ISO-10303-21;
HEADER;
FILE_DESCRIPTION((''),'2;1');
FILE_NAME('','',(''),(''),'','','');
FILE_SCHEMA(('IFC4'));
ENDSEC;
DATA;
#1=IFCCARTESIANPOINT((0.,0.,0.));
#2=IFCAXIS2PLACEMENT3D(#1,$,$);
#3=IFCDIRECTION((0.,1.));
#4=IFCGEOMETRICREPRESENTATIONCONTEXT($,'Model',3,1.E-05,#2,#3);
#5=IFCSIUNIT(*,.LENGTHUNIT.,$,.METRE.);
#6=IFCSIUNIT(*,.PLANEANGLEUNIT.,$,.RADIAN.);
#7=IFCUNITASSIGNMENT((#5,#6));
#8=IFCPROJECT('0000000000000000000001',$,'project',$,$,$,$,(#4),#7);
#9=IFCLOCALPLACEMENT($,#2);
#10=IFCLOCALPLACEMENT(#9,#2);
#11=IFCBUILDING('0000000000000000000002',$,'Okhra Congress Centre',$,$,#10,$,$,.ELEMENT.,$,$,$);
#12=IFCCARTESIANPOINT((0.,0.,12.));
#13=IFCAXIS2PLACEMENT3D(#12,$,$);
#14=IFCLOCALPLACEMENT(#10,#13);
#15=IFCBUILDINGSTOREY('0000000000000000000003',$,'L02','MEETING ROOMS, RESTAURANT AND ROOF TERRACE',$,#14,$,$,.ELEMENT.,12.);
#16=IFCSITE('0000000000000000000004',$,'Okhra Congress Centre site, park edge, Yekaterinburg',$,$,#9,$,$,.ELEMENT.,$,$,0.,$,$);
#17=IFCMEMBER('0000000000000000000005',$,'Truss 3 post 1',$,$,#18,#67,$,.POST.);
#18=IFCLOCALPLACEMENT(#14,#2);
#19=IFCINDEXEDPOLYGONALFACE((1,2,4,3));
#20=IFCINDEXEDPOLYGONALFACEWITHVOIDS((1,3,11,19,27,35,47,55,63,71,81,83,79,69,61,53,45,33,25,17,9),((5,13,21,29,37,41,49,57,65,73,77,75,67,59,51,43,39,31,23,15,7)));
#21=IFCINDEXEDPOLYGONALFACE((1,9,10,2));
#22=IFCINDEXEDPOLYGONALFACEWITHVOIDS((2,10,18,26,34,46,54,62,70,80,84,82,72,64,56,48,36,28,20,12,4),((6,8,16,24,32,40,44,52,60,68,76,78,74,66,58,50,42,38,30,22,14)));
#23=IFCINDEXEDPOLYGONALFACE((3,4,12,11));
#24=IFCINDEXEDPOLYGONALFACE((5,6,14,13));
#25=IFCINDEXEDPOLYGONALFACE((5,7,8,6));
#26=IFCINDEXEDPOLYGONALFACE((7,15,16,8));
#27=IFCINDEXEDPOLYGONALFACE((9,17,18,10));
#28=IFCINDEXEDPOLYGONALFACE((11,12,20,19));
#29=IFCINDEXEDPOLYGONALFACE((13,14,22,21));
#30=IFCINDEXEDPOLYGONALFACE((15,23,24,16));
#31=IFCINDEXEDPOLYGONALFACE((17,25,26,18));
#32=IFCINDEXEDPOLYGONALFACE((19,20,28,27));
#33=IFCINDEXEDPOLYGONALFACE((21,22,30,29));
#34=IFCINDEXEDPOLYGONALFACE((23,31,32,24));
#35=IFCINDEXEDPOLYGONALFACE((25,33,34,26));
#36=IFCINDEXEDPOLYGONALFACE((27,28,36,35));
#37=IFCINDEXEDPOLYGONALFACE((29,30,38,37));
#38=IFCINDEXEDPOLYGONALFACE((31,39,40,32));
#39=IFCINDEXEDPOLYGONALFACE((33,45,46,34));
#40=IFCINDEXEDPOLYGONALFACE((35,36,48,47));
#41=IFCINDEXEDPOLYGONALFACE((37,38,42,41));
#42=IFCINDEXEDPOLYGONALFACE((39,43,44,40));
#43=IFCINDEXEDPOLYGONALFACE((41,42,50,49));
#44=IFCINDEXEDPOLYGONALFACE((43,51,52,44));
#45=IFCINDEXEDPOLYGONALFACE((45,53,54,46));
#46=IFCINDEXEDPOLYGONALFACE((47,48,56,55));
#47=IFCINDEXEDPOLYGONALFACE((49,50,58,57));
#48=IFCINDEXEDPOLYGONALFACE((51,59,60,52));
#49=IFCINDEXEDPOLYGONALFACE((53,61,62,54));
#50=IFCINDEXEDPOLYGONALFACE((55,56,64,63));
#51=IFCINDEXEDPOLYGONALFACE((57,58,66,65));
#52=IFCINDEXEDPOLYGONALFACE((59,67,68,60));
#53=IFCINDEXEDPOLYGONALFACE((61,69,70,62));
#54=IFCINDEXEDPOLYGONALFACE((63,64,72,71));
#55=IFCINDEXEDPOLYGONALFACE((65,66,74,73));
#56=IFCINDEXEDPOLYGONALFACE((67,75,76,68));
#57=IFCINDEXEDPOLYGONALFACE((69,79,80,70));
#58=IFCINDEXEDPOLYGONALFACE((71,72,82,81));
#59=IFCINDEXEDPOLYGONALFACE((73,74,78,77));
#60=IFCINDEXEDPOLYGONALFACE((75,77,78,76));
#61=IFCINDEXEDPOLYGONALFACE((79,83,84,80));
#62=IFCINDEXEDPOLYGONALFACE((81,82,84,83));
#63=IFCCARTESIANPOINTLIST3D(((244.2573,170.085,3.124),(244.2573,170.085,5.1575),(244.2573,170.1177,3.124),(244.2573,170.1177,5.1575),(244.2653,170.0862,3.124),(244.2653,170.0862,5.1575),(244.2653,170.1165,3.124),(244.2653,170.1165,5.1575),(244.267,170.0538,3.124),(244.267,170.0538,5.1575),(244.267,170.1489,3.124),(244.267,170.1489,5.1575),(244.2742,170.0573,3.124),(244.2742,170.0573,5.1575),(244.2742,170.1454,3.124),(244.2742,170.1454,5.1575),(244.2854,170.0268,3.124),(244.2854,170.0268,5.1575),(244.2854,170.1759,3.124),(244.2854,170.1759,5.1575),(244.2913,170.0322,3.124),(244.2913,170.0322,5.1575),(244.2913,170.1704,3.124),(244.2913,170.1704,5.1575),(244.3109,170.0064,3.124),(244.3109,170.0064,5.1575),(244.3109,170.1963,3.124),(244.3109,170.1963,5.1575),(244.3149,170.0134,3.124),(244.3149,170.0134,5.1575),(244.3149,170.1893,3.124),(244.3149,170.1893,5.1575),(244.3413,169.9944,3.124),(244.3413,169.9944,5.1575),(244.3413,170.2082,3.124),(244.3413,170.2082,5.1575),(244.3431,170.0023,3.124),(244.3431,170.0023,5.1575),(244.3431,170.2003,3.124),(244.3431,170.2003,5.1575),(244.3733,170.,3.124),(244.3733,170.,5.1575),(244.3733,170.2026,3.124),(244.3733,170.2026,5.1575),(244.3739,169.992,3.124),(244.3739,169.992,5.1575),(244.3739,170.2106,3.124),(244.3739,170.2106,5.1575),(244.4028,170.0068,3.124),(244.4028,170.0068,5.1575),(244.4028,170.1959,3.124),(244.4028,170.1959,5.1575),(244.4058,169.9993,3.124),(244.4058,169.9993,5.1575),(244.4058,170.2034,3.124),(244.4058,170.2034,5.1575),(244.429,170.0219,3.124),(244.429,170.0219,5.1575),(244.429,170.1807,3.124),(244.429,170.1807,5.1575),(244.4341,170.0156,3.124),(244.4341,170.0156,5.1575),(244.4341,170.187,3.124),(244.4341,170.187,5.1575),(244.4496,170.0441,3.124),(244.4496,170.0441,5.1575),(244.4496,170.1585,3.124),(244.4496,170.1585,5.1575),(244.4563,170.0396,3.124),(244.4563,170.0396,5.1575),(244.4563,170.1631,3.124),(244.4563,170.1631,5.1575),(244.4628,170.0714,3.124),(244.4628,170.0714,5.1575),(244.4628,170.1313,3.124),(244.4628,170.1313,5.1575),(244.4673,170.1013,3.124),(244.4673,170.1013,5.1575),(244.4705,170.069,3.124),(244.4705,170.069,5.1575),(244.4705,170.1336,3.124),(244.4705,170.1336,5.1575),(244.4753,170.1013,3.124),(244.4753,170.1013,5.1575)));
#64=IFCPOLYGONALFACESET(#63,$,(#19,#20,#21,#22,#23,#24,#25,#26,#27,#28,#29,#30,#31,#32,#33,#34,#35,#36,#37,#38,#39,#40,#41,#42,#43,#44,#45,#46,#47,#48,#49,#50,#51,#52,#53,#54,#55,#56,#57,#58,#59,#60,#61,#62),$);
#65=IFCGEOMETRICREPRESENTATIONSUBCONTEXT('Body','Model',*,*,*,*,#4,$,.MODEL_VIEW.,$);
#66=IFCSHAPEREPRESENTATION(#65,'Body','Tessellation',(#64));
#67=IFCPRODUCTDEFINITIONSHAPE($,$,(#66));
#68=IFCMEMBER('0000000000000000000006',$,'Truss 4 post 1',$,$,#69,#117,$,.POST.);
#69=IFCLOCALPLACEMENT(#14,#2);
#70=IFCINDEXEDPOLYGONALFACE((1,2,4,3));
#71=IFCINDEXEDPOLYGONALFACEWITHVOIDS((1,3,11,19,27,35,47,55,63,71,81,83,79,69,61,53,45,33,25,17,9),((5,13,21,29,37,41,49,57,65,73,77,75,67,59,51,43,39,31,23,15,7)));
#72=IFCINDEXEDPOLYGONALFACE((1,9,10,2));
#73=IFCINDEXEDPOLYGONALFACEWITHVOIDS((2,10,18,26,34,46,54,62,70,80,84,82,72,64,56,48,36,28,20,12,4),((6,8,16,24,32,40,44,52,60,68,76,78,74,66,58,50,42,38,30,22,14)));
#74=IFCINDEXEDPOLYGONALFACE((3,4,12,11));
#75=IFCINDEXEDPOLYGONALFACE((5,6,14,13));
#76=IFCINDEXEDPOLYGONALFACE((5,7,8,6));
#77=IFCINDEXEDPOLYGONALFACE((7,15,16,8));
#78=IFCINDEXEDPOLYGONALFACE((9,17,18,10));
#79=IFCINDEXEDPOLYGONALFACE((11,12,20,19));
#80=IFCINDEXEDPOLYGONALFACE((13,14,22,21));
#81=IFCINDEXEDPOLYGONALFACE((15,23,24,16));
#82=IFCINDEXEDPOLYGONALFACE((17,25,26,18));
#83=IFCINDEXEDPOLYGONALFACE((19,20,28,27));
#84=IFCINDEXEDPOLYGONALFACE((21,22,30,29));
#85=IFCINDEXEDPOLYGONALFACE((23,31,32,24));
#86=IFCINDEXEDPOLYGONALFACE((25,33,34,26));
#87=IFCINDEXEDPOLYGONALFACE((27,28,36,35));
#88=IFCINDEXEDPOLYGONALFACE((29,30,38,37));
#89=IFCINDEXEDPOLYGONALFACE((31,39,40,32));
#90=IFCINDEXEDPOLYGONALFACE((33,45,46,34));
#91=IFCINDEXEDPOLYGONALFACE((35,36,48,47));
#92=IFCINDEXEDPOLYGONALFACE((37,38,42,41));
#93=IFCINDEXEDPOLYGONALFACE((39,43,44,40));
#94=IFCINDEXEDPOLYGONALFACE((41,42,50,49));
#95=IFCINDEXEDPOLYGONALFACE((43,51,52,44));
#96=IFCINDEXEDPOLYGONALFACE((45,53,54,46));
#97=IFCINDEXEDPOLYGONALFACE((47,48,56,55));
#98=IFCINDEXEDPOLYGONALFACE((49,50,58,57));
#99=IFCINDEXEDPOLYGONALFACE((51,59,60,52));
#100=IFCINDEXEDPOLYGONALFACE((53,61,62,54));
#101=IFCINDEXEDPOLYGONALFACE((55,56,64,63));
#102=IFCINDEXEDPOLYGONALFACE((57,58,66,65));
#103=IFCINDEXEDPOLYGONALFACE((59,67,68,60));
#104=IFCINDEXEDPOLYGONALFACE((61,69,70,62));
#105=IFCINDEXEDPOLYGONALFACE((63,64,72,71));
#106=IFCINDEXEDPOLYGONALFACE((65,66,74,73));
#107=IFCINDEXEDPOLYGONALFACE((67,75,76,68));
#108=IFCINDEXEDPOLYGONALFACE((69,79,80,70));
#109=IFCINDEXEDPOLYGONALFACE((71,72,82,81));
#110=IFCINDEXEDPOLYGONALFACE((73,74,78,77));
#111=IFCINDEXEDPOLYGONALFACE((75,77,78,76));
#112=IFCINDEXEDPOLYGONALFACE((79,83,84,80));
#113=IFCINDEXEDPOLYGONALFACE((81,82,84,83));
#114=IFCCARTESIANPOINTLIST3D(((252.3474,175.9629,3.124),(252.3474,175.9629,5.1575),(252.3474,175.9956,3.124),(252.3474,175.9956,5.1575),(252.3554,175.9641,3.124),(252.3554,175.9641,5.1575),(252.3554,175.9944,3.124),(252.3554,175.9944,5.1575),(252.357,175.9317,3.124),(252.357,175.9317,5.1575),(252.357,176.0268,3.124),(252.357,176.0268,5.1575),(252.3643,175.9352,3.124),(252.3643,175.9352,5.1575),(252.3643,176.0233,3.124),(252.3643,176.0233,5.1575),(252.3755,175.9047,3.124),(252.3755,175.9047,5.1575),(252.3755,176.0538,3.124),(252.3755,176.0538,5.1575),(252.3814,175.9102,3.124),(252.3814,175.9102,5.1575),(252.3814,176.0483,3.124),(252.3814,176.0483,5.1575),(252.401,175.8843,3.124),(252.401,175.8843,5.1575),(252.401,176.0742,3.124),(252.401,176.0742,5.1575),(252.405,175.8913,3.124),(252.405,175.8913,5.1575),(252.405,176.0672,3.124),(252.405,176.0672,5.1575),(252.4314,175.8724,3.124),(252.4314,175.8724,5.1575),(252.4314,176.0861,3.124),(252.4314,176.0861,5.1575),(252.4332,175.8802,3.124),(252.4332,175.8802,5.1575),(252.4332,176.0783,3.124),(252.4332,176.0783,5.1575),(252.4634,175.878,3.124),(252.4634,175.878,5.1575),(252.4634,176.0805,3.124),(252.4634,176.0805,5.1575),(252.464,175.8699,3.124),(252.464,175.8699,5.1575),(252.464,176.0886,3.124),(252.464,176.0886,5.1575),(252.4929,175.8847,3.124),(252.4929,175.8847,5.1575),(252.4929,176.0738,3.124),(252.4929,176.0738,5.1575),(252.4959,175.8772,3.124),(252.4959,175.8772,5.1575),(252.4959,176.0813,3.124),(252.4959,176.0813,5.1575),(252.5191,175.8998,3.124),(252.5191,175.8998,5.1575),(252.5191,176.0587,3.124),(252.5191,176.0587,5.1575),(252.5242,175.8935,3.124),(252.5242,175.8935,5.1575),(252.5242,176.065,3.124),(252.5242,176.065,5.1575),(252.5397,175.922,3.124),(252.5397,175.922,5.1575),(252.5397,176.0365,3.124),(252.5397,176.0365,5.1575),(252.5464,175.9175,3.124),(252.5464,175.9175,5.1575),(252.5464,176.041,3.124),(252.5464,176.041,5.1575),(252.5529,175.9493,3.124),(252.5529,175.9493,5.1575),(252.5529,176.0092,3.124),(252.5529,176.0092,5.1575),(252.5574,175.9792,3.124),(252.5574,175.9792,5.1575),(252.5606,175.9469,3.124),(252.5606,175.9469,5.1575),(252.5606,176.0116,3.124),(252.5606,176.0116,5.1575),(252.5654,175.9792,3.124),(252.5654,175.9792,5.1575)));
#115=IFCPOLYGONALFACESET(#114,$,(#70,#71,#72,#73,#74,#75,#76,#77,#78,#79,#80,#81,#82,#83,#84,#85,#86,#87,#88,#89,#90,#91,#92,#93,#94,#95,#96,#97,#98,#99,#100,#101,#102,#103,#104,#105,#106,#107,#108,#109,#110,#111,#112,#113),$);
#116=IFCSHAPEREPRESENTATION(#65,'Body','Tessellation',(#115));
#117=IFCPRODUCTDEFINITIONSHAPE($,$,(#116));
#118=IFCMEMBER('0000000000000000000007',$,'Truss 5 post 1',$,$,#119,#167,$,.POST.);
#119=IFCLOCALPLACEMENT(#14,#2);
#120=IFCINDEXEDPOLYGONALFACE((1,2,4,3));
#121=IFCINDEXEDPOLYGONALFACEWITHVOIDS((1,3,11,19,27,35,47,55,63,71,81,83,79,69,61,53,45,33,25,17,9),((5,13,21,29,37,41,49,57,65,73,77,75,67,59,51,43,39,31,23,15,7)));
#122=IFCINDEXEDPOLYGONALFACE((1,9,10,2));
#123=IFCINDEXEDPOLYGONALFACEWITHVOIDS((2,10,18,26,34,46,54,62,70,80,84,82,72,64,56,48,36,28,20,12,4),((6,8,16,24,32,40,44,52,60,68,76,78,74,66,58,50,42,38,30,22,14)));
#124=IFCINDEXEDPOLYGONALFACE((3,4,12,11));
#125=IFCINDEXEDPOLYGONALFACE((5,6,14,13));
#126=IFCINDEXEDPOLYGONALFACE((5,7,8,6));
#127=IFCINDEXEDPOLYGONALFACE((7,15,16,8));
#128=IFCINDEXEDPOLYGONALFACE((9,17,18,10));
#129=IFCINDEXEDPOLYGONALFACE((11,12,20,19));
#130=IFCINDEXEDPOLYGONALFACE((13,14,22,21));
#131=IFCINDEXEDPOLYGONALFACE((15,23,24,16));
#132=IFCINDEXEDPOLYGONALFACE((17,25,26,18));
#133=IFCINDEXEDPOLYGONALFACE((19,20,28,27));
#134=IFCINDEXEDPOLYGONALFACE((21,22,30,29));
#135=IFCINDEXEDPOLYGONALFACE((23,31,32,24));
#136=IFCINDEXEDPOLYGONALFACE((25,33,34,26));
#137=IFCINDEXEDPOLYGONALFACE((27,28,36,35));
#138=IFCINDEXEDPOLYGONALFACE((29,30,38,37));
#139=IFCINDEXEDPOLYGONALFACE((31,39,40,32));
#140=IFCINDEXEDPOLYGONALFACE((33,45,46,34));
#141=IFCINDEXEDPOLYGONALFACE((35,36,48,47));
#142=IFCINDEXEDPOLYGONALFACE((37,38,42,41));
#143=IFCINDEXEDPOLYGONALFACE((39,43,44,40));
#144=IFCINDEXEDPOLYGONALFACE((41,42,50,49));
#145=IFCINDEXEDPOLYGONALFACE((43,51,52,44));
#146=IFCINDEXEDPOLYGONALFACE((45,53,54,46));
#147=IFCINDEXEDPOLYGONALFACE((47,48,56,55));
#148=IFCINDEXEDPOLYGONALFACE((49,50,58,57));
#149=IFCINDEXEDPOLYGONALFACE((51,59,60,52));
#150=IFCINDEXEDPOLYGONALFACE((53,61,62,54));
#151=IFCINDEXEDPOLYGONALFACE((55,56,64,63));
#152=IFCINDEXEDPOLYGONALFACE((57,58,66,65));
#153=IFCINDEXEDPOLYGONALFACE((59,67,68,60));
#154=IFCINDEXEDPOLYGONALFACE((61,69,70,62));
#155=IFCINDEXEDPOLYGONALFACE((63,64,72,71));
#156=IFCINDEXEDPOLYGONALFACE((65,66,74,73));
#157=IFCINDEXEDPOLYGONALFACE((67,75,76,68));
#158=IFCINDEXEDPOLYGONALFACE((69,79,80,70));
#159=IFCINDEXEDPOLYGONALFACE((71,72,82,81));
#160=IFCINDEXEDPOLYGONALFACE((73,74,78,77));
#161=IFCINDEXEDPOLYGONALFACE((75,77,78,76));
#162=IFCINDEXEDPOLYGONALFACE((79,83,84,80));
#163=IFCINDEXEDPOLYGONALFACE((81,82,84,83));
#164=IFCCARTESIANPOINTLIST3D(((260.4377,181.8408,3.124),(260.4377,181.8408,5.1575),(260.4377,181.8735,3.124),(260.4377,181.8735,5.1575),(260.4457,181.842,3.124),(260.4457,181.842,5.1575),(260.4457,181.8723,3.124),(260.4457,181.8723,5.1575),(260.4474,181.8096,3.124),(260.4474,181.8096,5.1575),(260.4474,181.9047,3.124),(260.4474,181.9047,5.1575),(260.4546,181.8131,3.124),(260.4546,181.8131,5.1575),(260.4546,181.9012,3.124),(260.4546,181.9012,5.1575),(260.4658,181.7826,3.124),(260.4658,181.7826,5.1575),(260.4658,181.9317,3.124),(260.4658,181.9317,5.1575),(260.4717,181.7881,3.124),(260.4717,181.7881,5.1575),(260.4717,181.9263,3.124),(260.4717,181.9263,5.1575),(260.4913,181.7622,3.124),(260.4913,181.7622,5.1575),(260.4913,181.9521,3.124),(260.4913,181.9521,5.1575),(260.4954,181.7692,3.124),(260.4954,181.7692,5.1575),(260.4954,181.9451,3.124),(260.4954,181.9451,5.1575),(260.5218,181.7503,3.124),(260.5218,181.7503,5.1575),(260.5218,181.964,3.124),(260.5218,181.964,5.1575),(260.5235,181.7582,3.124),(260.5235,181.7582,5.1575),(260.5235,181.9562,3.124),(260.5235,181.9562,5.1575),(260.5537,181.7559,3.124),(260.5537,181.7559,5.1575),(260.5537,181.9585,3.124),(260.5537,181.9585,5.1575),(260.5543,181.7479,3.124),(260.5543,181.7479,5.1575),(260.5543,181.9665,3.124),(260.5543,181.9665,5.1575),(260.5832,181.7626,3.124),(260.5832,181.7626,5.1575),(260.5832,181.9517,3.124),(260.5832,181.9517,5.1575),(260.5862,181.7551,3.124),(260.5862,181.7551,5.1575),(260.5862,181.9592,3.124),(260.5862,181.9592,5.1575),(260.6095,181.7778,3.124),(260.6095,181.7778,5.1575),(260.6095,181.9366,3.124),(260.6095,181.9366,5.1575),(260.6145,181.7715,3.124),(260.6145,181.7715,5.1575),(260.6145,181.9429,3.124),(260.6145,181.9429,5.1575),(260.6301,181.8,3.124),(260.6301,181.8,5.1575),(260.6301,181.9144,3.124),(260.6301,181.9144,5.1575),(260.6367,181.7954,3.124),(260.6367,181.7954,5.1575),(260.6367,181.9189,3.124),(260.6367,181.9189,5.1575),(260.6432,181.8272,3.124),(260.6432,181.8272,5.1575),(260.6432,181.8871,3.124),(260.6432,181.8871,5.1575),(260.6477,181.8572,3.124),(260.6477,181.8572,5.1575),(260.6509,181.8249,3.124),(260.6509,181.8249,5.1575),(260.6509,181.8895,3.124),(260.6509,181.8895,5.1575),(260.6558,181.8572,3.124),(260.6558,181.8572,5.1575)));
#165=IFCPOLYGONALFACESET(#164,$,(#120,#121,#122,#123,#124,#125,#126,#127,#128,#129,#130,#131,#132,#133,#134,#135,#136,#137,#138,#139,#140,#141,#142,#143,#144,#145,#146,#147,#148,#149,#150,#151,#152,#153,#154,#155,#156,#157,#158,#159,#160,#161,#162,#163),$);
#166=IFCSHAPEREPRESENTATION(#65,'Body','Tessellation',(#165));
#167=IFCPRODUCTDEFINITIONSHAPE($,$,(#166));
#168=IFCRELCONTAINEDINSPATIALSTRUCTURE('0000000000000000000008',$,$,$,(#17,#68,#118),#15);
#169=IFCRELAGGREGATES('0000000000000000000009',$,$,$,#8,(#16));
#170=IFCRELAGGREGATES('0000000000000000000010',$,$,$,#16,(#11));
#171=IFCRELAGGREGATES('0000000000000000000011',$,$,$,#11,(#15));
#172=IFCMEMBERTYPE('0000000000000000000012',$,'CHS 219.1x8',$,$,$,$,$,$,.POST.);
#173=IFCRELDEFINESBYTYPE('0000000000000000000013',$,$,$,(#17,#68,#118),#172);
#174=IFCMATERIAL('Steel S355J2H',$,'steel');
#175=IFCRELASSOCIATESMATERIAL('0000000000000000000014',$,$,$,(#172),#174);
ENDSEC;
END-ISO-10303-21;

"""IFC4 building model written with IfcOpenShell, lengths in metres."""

from ifc_helpers import new_model, si_unit, direction, frame, origin, origin_2d, place, context, subcontext, project, spatial, hollow_circle, extrude, material, material_profile, profile_set, type_object, element, save


model = new_model("IFC4")

# Units and contexts
model_context = context("Model", 3, precision=1e-05, world=origin(), true_north=direction((0.0, 1.0)))
body_context = subcontext(model_context, "Body", "Model", "MODEL_VIEW")
ifc_project = project(units=[si_unit("LENGTHUNIT", "METRE"), si_unit("PLANEANGLEUNIT", "RADIAN")], contexts=[model_context])

# Site, building, storey
site_placement = place(None, origin())
site = spatial("IfcSite", under=ifc_project, at=site_placement, Name="Okhra Congress Centre site, park edge, Yekaterinburg", CompositionType="ELEMENT", RefElevation=0.0)
building_placement = place(site_placement, origin())
building = spatial("IfcBuilding", under=site, at=building_placement, Name="Okhra Congress Centre", CompositionType="ELEMENT")
storey_placement = place(building_placement, frame((0.0, 0.0, 12.0)))
storey = spatial("IfcBuildingStorey", under=building, at=storey_placement, Name="L02", Description="MEETING ROOMS, RESTAURANT AND ROOF TERRACE", CompositionType="ELEMENT", Elevation=12.0)

# Shared definitions
ifc_material_1 = material(Name="Steel S355J2H", Category="steel")

# Members
ifc_material_profile_1 = material_profile(ifc_material_1, hollow_circle(Radius=0.1096, WallThickness=0.0081, at=origin_2d()), Name="CHS 219.1x8")
ifc_profile_set_1 = profile_set([ifc_material_profile_1], Name="Steel S355J2H")
member_type_1 = type_object("IfcMemberType", Name="CHS 219.1x8", PredefinedType="POST", material=ifc_profile_set_1)
for number, where, z_axis, x_axis, name in (
    (1, (244.3657, 170.1013, 3.124), (0.0, 0.0, 1.0), (1.0, 0.0, 0.0), "Truss 3 post 1"),
    (2, (252.4558, 175.9792, 3.124), (0.0, 0.0, 1.0), (1.0, 0.0, 0.0), "Truss 4 post 1"),
    (3, (260.5461, 181.8572, 3.124), (0.0, 0.0, 1.0), (1.0, 0.0, 0.0), "Truss 5 post 1"),
):
    element("IfcMember", number, at=place(storey_placement, frame(where, z_axis=z_axis, x_axis=x_axis)), inside=storey, type_object=member_type_1, Name=name, PredefinedType="POST", context=body_context, shape_type="SweptSolid", body=[
        extrude(hollow_circle(Radius=0.1096, WallThickness=0.0081, at=origin_2d()), origin(), (0.0, 0.0, 1.0), 2.0334),
    ])

save(model, "model.ifc")
